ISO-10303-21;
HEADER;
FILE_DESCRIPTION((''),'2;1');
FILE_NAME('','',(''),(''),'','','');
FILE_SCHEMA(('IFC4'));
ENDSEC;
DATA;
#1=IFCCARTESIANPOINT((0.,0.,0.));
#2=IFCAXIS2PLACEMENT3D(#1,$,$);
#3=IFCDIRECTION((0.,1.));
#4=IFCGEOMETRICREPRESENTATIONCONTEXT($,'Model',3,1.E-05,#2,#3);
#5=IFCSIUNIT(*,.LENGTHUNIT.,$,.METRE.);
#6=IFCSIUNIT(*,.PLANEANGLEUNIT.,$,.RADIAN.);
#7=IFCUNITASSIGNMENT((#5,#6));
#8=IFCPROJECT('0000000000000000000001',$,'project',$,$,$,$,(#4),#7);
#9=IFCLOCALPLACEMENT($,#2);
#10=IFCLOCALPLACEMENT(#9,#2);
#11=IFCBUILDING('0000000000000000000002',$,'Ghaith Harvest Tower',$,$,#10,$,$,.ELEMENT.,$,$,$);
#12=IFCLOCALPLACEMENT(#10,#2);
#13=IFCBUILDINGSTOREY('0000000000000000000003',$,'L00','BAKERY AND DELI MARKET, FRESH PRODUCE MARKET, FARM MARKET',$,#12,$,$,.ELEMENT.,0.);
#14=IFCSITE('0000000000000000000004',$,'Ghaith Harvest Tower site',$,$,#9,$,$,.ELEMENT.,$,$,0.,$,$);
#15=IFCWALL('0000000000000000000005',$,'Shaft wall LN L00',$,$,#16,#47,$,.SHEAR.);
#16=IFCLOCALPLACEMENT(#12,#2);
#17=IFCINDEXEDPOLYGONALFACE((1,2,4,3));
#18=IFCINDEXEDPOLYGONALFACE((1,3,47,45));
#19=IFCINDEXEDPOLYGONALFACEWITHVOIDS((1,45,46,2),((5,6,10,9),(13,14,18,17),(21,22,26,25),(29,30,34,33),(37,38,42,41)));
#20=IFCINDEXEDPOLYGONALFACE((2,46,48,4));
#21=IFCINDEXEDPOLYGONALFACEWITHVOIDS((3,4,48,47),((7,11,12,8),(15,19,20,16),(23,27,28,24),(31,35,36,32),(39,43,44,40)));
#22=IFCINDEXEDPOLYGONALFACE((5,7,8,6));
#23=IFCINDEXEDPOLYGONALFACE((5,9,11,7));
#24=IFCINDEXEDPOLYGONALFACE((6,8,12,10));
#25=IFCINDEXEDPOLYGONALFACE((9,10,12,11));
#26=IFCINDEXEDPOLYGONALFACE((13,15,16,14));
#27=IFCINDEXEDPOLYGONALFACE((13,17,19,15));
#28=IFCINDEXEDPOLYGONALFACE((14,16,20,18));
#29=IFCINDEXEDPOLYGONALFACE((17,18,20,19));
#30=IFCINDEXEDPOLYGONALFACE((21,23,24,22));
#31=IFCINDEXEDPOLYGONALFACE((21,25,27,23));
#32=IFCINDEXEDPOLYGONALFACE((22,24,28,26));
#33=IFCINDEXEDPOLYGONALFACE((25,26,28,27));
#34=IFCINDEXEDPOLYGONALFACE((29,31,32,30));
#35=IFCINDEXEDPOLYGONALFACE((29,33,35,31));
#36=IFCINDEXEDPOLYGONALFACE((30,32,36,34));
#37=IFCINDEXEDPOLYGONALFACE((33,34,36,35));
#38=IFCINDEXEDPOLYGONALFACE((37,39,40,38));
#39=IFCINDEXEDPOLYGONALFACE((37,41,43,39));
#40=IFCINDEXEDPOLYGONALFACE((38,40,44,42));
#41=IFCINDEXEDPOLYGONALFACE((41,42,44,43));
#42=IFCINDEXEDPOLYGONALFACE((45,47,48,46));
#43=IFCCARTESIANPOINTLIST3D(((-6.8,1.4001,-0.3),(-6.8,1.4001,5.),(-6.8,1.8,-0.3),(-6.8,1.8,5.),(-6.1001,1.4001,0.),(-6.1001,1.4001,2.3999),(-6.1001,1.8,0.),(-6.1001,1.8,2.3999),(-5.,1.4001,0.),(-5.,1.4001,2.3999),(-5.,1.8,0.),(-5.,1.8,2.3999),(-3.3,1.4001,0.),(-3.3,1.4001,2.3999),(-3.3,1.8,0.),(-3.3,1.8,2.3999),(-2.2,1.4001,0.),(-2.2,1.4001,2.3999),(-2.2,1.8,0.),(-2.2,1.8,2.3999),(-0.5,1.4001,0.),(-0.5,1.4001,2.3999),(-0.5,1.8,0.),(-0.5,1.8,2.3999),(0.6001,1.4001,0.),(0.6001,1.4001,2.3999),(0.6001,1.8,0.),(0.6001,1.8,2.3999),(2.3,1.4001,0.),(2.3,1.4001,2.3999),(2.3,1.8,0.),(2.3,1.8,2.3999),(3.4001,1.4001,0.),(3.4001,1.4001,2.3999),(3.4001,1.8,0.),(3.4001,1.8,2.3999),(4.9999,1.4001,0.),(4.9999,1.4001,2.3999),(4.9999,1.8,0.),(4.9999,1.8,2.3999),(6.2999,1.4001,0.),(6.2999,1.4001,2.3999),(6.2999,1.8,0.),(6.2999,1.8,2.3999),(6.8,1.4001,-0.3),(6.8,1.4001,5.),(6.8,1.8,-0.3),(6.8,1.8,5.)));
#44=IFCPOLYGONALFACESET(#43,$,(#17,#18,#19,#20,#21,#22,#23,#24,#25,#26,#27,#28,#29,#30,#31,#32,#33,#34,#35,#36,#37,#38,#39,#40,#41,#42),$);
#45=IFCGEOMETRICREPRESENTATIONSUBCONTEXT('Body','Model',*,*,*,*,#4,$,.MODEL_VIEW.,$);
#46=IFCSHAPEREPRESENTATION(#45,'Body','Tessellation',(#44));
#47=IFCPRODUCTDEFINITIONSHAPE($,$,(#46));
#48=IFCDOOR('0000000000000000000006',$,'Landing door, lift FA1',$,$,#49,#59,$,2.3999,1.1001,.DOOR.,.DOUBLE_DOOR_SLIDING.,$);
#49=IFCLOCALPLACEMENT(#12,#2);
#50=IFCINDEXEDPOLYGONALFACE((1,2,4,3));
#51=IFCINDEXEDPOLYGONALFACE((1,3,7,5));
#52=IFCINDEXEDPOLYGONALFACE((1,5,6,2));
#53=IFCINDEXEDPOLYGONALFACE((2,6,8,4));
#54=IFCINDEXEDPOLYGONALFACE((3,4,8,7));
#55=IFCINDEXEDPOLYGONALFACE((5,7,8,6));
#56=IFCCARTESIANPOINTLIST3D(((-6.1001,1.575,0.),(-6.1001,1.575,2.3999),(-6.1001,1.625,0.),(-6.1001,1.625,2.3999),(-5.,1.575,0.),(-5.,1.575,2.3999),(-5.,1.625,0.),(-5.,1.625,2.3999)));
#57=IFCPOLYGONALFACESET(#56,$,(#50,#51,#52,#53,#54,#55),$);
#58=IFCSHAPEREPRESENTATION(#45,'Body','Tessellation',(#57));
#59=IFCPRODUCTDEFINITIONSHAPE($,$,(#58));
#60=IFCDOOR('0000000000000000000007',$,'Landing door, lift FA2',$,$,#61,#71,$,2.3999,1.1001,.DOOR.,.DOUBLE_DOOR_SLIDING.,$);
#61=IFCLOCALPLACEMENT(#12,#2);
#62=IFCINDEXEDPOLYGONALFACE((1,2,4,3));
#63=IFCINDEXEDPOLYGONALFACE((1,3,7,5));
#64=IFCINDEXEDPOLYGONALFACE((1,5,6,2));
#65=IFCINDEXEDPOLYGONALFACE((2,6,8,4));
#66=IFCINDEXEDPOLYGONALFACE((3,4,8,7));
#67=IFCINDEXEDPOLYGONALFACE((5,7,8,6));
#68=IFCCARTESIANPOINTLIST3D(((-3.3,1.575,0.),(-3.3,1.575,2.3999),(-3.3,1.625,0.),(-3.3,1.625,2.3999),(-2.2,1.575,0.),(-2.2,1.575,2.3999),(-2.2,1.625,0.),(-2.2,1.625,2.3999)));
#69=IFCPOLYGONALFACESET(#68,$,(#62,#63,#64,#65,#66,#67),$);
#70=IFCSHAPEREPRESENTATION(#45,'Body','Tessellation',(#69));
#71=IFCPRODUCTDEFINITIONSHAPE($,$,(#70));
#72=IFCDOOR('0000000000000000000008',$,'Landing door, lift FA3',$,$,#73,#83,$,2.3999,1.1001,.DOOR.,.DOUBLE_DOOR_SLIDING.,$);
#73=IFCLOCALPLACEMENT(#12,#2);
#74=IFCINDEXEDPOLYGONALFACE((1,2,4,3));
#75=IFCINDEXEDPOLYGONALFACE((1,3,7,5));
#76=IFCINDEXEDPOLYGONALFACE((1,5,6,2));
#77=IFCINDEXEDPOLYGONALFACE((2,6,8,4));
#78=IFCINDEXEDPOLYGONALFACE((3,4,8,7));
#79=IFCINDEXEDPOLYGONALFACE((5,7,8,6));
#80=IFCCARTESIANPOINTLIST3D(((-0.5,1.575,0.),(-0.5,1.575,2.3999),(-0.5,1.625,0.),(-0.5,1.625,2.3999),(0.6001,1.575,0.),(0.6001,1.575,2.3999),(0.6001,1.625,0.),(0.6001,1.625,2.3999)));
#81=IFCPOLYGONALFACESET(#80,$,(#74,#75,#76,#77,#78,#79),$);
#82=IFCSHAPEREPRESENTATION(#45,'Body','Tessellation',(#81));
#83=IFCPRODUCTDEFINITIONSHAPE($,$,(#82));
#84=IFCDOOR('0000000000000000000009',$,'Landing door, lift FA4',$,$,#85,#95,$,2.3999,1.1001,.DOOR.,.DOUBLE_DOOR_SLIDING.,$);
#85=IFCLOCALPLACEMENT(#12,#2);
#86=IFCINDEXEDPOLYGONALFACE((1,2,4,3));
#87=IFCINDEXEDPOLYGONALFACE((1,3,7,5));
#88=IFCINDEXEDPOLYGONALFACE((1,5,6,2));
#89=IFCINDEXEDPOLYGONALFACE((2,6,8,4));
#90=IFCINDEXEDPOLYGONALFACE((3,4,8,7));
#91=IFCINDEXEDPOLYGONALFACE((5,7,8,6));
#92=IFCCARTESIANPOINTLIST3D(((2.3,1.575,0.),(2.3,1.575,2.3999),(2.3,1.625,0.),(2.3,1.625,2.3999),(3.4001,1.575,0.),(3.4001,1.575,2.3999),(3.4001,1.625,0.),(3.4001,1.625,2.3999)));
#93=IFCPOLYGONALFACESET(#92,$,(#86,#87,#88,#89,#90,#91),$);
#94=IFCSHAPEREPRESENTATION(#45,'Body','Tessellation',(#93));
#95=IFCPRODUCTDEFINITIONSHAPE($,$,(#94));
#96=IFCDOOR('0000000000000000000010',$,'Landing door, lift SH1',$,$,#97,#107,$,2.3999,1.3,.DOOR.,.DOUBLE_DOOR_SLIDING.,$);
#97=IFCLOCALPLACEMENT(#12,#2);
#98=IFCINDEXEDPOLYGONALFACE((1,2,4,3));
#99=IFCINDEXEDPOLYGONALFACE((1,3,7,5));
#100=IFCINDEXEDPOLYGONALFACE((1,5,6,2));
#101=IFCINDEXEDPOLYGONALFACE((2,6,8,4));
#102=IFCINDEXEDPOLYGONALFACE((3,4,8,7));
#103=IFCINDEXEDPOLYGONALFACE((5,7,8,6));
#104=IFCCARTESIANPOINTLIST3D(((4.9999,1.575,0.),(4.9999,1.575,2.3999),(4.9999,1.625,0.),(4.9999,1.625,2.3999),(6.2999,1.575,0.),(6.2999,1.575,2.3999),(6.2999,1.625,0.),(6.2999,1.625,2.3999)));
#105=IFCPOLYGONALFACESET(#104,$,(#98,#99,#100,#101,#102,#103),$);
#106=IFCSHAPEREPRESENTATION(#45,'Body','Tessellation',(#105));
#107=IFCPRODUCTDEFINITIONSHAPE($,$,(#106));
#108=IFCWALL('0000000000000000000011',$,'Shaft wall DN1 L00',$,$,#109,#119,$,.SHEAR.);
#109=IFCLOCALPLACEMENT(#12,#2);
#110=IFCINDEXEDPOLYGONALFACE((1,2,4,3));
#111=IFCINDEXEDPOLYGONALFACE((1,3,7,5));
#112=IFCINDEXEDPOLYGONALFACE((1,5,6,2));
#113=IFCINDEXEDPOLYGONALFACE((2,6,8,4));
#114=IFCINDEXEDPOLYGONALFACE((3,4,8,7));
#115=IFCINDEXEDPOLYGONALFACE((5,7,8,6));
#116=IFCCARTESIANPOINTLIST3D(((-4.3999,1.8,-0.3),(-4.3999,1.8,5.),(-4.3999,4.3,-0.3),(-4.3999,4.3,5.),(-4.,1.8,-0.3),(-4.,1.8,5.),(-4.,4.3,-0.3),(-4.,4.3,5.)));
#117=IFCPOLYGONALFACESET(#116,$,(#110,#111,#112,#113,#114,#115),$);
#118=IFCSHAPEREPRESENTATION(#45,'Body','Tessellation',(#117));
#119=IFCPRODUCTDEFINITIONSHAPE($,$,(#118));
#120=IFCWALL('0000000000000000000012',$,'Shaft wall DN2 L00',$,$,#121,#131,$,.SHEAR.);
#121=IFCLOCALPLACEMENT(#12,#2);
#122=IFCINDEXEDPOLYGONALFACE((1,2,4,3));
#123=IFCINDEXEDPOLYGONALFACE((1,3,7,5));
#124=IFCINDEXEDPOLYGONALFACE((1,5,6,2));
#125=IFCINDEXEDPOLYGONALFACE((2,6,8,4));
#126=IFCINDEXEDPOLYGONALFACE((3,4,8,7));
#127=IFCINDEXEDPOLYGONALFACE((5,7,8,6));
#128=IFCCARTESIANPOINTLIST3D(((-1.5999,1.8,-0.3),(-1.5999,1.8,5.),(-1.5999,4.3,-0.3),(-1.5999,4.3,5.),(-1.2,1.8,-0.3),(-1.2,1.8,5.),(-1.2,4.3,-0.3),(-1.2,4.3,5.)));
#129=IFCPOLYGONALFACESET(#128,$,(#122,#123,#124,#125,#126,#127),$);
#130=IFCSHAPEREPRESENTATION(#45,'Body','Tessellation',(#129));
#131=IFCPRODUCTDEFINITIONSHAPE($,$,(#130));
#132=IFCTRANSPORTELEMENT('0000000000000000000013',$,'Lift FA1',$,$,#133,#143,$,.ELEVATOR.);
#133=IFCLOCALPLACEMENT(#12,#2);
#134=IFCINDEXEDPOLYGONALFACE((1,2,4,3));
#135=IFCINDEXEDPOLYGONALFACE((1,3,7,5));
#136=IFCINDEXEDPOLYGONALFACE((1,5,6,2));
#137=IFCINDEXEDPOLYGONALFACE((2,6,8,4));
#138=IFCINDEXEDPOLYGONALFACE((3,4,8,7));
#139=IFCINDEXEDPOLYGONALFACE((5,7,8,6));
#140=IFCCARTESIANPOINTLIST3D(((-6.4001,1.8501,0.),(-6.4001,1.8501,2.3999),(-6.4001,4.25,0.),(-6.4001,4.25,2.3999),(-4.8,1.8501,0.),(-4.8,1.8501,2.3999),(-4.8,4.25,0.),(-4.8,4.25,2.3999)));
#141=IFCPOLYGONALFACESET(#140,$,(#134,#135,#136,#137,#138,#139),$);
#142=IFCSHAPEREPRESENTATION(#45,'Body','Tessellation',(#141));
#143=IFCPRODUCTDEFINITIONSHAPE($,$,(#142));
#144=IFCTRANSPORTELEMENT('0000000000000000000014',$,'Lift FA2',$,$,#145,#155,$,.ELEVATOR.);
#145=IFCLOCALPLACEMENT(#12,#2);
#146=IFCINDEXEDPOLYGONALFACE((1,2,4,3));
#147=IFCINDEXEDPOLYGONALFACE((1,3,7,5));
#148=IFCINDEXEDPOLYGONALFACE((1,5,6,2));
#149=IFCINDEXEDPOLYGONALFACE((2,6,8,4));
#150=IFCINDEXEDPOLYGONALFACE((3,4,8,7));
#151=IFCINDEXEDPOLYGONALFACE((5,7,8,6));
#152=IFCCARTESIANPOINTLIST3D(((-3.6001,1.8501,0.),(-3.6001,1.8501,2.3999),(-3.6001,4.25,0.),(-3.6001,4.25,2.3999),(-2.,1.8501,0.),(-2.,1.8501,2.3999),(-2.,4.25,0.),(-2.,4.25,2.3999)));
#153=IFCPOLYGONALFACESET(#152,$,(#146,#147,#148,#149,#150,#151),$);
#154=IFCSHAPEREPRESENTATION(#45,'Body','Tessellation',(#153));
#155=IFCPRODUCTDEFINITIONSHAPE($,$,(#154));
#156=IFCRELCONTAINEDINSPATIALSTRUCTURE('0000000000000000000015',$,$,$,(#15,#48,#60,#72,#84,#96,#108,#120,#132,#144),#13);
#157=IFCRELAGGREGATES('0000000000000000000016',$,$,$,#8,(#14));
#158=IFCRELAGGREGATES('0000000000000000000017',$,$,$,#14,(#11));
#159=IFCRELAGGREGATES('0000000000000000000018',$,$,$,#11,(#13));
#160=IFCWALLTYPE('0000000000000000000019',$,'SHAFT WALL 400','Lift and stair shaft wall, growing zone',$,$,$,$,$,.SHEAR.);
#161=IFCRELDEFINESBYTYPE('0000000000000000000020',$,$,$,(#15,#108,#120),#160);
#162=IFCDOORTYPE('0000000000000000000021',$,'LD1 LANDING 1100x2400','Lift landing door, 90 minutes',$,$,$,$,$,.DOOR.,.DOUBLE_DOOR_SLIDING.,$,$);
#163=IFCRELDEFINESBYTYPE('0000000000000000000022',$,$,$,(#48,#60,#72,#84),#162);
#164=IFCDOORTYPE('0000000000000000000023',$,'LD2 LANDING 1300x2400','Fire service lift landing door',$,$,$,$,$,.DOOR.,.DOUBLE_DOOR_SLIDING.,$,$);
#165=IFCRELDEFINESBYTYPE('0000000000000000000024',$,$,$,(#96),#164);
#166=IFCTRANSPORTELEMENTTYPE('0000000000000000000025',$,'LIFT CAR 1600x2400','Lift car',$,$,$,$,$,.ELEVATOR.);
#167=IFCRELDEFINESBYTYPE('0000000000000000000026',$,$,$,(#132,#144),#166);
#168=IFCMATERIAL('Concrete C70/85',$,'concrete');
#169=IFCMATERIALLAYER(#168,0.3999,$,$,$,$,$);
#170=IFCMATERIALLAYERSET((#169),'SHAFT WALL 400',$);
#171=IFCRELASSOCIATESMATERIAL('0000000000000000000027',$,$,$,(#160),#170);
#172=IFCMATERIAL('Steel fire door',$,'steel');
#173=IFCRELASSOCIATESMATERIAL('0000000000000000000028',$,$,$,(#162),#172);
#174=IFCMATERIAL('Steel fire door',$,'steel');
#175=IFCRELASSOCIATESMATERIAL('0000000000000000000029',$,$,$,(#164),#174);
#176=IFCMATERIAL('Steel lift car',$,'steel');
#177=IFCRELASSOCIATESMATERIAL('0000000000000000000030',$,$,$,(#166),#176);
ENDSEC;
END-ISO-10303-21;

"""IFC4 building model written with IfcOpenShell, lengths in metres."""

from ifc_helpers import new_model, si_unit, direction, frame, frame_2d, origin, origin_2d, place, context, subcontext, project, spatial, rectangle, extrude, material, layer, layer_set, type_object, element, fill, save


model = new_model("IFC4")

# Units and contexts
model_context = context("Model", 3, precision=1e-05, world=origin(), true_north=direction((0.0, 1.0)))
body_context = subcontext(model_context, "Body", "Model", "MODEL_VIEW")
ifc_project = project(units=[si_unit("LENGTHUNIT", "METRE"), si_unit("PLANEANGLEUNIT", "RADIAN")], contexts=[model_context])

# Site, building, storey
site_placement = place(None, origin())
site = spatial("IfcSite", under=ifc_project, at=site_placement, Name="Ghaith Harvest Tower site", CompositionType="ELEMENT", RefElevation=0.0)
building_placement = place(site_placement, origin())
building = spatial("IfcBuilding", under=site, at=building_placement, Name="Ghaith Harvest Tower", CompositionType="ELEMENT")
storey_placement = place(building_placement, origin())
storey = spatial("IfcBuildingStorey", under=building, at=storey_placement, Name="L00", Description="BAKERY AND DELI MARKET, FRESH PRODUCE MARKET, FARM MARKET", CompositionType="ELEMENT", Elevation=0.0)

# Wall, openings, doors
ifc_material_1 = material(Name="Concrete C70/85", Category="concrete")
ifc_layer_1 = layer(ifc_material_1, 0.3999)
ifc_layer_set_1 = layer_set([ifc_layer_1], Name="SHAFT WALL 400")
wall_type = type_object("IfcWallType", Name="SHAFT WALL 400", Description="Lift and stair shaft wall, growing zone", PredefinedType="SHEAR", material=ifc_layer_set_1)
wall_placement = place(storey_placement, frame((-6.8, 1.6001, -0.3), z_axis=(0.0, 0.0, 1.0), x_axis=(1.0, 0.0, 0.0)))
wall = element("IfcWall", 1, at=wall_placement, inside=storey, type_object=wall_type, Name="Shaft wall LN L00", PredefinedType="SHEAR", context=body_context, shape_type="SweptSolid", body=[
    extrude(rectangle(XDim=13.6001, YDim=0.3999, at=frame_2d((6.8, 0.0))), origin(), (0.0, 0.0, 1.0), 5.3),
])
opening_1_placement = place(wall_placement, frame((0.7, 0.0, 0.3)))
opening_1 = element("IfcOpeningElement", 2, at=opening_1_placement, cuts=wall, PredefinedType="OPENING", context=body_context, shape_type="SweptSolid", body=[
    extrude(rectangle(XDim=1.1001, YDim=2.3999, at=frame_2d((0.55, 1.2))), frame((0.0, 0.21, 0.0), z_axis=(0.0, -1.0, 0.0), x_axis=(1.0, 0.0, 0.0)), (0.0, 0.0, 1.0), 0.4199),
])
opening_2_placement = place(wall_placement, frame((3.5, 0.0, 0.3)))
opening_2 = element("IfcOpeningElement", 3, at=opening_2_placement, cuts=wall, PredefinedType="OPENING", context=body_context, shape_type="SweptSolid", body=[
    extrude(rectangle(XDim=1.1001, YDim=2.3999, at=frame_2d((0.55, 1.2))), frame((0.0, 0.21, 0.0), z_axis=(0.0, -1.0, 0.0), x_axis=(1.0, 0.0, 0.0)), (0.0, 0.0, 1.0), 0.4199),
])
opening_3_placement = place(wall_placement, frame((6.3, 0.0, 0.3)))
opening_3 = element("IfcOpeningElement", 4, at=opening_3_placement, cuts=wall, PredefinedType="OPENING", context=body_context, shape_type="SweptSolid", body=[
    extrude(rectangle(XDim=1.1001, YDim=2.3999, at=frame_2d((0.55, 1.2))), frame((0.0, 0.21, 0.0), z_axis=(0.0, -1.0, 0.0), x_axis=(1.0, 0.0, 0.0)), (0.0, 0.0, 1.0), 0.4199),
])
opening_4_placement = place(wall_placement, frame((9.1001, 0.0, 0.3)))
opening_4 = element("IfcOpeningElement", 5, at=opening_4_placement, cuts=wall, PredefinedType="OPENING", context=body_context, shape_type="SweptSolid", body=[
    extrude(rectangle(XDim=1.1001, YDim=2.3999, at=frame_2d((0.55, 1.2))), frame((0.0, 0.21, 0.0), z_axis=(0.0, -1.0, 0.0), x_axis=(1.0, 0.0, 0.0)), (0.0, 0.0, 1.0), 0.4199),
])
opening_5_placement = place(wall_placement, frame((11.8, 0.0, 0.3)))
opening_5 = element("IfcOpeningElement", 6, at=opening_5_placement, cuts=wall, PredefinedType="OPENING", context=body_context, shape_type="SweptSolid", body=[
    extrude(rectangle(XDim=1.3, YDim=2.3999, at=frame_2d((0.6499, 1.2))), frame((0.0, 0.21, 0.0), z_axis=(0.0, -1.0, 0.0), x_axis=(1.0, 0.0, 0.0)), (0.0, 0.0, 1.0), 0.4199),
])
ifc_material_2 = material(Name="Steel fire door", Category="steel")
door_type_1 = type_object("IfcDoorType", Name="LD1 LANDING 1100x2400", Description="Lift landing door, 90 minutes", OperationType="DOUBLE_DOOR_SLIDING", PredefinedType="DOOR", material=ifc_material_2)
door_1_placement = place(opening_1_placement, origin())
door_1 = element("IfcDoor", 7, at=door_1_placement, inside=storey, type_object=door_type_1, Name="Landing door, lift FA1", OperationType="DOUBLE_DOOR_SLIDING", OverallHeight=2.3999, OverallWidth=1.1001, PredefinedType="DOOR", context=body_context, shape_type="SweptSolid", body=[
    extrude(rectangle(XDim=1.1001, YDim=2.3999, at=frame_2d((0.55, 1.2))), frame((0.0, 0.0249, 0.0), z_axis=(0.0, -1.0, 0.0), x_axis=(1.0, 0.0, 0.0)), (0.0, 0.0, 1.0), 0.05),
])
fill(opening_1, door_1)
door_2_placement = place(opening_2_placement, origin())
door_2 = element("IfcDoor", 8, at=door_2_placement, inside=storey, type_object=door_type_1, Name="Landing door, lift FA2", OperationType="DOUBLE_DOOR_SLIDING", OverallHeight=2.3999, OverallWidth=1.1001, PredefinedType="DOOR", context=body_context, shape_type="SweptSolid", body=[
    extrude(rectangle(XDim=1.1001, YDim=2.3999, at=frame_2d((0.55, 1.2))), frame((0.0, 0.0249, 0.0), z_axis=(0.0, -1.0, 0.0), x_axis=(1.0, 0.0, 0.0)), (0.0, 0.0, 1.0), 0.05),
])
fill(opening_2, door_2)
door_3_placement = place(opening_3_placement, origin())
door_3 = element("IfcDoor", 9, at=door_3_placement, inside=storey, type_object=door_type_1, Name="Landing door, lift FA3", OperationType="DOUBLE_DOOR_SLIDING", OverallHeight=2.3999, OverallWidth=1.1001, PredefinedType="DOOR", context=body_context, shape_type="SweptSolid", body=[
    extrude(rectangle(XDim=1.1001, YDim=2.3999, at=frame_2d((0.55, 1.2))), frame((0.0, 0.0249, 0.0), z_axis=(0.0, -1.0, 0.0), x_axis=(1.0, 0.0, 0.0)), (0.0, 0.0, 1.0), 0.05),
])
fill(opening_3, door_3)
door_4_placement = place(opening_4_placement, origin())
door_4 = element("IfcDoor", 10, at=door_4_placement, inside=storey, type_object=door_type_1, Name="Landing door, lift FA4", OperationType="DOUBLE_DOOR_SLIDING", OverallHeight=2.3999, OverallWidth=1.1001, PredefinedType="DOOR", context=body_context, shape_type="SweptSolid", body=[
    extrude(rectangle(XDim=1.1001, YDim=2.3999, at=frame_2d((0.55, 1.2))), frame((0.0, 0.0249, 0.0), z_axis=(0.0, -1.0, 0.0), x_axis=(1.0, 0.0, 0.0)), (0.0, 0.0, 1.0), 0.05),
])
fill(opening_4, door_4)
ifc_material_3 = material(Name="Steel fire door", Category="steel")
door_type_2 = type_object("IfcDoorType", Name="LD2 LANDING 1300x2400", Description="Fire service lift landing door", OperationType="DOUBLE_DOOR_SLIDING", PredefinedType="DOOR", material=ifc_material_3)
door_5_placement = place(opening_5_placement, origin())
door_5 = element("IfcDoor", 11, at=door_5_placement, inside=storey, type_object=door_type_2, Name="Landing door, lift SH1", OperationType="DOUBLE_DOOR_SLIDING", OverallHeight=2.3999, OverallWidth=1.3, PredefinedType="DOOR", context=body_context, shape_type="SweptSolid", body=[
    extrude(rectangle(XDim=1.3, YDim=2.3999, at=frame_2d((0.6499, 1.2))), frame((0.0, 0.0249, 0.0), z_axis=(0.0, -1.0, 0.0), x_axis=(1.0, 0.0, 0.0)), (0.0, 0.0, 1.0), 0.05),
])
fill(opening_5, door_5)

# Walls
for number, where, z_axis, x_axis, name in (
    (12, (-4.2, 1.8, -0.3), (0.0, 0.0, 1.0), (0.0, 1.0, 0.0), "Shaft wall DN1 L00"),
    (13, (-1.3999, 1.8, -0.3), (0.0, 0.0, 1.0), (0.0, 1.0, 0.0), "Shaft wall DN2 L00"),
):
    element("IfcWall", number, at=place(storey_placement, frame(where, z_axis=z_axis, x_axis=x_axis)), inside=storey, type_object=wall_type, Name=name, PredefinedType="SHEAR", context=body_context, shape_type="SweptSolid", body=[
        extrude(rectangle(XDim=2.5, YDim=0.3999, at=frame_2d((1.25, 0.0))), origin(), (0.0, 0.0, 1.0), 5.3),
    ])

# Transport elements
ifc_material_4 = material(Name="Steel lift car", Category="steel")
transport_element_type = type_object("IfcTransportElementType", Name="LIFT CAR 1600x2400", Description="Lift car", PredefinedType="ELEVATOR", material=ifc_material_4)
for number, where, z_axis, x_axis, name in (
    (14, (-5.6001, 3.05, 0.0), (0.0, 0.0, 1.0), (1.0, 0.0, 0.0), "Lift FA1"),
    (15, (-2.8, 3.05, 0.0), (0.0, 0.0, 1.0), (1.0, 0.0, 0.0), "Lift FA2"),
):
    element("IfcTransportElement", number, at=place(storey_placement, frame(where, z_axis=z_axis, x_axis=x_axis)), inside=storey, type_object=transport_element_type, Name=name, PredefinedType="ELEVATOR", context=body_context, shape_type="SweptSolid", body=[
        extrude(rectangle(XDim=1.6001, YDim=2.3999, at=origin_2d()), origin(), (0.0, 0.0, 1.0), 2.3999),
    ])

save(model, "model.ifc")
